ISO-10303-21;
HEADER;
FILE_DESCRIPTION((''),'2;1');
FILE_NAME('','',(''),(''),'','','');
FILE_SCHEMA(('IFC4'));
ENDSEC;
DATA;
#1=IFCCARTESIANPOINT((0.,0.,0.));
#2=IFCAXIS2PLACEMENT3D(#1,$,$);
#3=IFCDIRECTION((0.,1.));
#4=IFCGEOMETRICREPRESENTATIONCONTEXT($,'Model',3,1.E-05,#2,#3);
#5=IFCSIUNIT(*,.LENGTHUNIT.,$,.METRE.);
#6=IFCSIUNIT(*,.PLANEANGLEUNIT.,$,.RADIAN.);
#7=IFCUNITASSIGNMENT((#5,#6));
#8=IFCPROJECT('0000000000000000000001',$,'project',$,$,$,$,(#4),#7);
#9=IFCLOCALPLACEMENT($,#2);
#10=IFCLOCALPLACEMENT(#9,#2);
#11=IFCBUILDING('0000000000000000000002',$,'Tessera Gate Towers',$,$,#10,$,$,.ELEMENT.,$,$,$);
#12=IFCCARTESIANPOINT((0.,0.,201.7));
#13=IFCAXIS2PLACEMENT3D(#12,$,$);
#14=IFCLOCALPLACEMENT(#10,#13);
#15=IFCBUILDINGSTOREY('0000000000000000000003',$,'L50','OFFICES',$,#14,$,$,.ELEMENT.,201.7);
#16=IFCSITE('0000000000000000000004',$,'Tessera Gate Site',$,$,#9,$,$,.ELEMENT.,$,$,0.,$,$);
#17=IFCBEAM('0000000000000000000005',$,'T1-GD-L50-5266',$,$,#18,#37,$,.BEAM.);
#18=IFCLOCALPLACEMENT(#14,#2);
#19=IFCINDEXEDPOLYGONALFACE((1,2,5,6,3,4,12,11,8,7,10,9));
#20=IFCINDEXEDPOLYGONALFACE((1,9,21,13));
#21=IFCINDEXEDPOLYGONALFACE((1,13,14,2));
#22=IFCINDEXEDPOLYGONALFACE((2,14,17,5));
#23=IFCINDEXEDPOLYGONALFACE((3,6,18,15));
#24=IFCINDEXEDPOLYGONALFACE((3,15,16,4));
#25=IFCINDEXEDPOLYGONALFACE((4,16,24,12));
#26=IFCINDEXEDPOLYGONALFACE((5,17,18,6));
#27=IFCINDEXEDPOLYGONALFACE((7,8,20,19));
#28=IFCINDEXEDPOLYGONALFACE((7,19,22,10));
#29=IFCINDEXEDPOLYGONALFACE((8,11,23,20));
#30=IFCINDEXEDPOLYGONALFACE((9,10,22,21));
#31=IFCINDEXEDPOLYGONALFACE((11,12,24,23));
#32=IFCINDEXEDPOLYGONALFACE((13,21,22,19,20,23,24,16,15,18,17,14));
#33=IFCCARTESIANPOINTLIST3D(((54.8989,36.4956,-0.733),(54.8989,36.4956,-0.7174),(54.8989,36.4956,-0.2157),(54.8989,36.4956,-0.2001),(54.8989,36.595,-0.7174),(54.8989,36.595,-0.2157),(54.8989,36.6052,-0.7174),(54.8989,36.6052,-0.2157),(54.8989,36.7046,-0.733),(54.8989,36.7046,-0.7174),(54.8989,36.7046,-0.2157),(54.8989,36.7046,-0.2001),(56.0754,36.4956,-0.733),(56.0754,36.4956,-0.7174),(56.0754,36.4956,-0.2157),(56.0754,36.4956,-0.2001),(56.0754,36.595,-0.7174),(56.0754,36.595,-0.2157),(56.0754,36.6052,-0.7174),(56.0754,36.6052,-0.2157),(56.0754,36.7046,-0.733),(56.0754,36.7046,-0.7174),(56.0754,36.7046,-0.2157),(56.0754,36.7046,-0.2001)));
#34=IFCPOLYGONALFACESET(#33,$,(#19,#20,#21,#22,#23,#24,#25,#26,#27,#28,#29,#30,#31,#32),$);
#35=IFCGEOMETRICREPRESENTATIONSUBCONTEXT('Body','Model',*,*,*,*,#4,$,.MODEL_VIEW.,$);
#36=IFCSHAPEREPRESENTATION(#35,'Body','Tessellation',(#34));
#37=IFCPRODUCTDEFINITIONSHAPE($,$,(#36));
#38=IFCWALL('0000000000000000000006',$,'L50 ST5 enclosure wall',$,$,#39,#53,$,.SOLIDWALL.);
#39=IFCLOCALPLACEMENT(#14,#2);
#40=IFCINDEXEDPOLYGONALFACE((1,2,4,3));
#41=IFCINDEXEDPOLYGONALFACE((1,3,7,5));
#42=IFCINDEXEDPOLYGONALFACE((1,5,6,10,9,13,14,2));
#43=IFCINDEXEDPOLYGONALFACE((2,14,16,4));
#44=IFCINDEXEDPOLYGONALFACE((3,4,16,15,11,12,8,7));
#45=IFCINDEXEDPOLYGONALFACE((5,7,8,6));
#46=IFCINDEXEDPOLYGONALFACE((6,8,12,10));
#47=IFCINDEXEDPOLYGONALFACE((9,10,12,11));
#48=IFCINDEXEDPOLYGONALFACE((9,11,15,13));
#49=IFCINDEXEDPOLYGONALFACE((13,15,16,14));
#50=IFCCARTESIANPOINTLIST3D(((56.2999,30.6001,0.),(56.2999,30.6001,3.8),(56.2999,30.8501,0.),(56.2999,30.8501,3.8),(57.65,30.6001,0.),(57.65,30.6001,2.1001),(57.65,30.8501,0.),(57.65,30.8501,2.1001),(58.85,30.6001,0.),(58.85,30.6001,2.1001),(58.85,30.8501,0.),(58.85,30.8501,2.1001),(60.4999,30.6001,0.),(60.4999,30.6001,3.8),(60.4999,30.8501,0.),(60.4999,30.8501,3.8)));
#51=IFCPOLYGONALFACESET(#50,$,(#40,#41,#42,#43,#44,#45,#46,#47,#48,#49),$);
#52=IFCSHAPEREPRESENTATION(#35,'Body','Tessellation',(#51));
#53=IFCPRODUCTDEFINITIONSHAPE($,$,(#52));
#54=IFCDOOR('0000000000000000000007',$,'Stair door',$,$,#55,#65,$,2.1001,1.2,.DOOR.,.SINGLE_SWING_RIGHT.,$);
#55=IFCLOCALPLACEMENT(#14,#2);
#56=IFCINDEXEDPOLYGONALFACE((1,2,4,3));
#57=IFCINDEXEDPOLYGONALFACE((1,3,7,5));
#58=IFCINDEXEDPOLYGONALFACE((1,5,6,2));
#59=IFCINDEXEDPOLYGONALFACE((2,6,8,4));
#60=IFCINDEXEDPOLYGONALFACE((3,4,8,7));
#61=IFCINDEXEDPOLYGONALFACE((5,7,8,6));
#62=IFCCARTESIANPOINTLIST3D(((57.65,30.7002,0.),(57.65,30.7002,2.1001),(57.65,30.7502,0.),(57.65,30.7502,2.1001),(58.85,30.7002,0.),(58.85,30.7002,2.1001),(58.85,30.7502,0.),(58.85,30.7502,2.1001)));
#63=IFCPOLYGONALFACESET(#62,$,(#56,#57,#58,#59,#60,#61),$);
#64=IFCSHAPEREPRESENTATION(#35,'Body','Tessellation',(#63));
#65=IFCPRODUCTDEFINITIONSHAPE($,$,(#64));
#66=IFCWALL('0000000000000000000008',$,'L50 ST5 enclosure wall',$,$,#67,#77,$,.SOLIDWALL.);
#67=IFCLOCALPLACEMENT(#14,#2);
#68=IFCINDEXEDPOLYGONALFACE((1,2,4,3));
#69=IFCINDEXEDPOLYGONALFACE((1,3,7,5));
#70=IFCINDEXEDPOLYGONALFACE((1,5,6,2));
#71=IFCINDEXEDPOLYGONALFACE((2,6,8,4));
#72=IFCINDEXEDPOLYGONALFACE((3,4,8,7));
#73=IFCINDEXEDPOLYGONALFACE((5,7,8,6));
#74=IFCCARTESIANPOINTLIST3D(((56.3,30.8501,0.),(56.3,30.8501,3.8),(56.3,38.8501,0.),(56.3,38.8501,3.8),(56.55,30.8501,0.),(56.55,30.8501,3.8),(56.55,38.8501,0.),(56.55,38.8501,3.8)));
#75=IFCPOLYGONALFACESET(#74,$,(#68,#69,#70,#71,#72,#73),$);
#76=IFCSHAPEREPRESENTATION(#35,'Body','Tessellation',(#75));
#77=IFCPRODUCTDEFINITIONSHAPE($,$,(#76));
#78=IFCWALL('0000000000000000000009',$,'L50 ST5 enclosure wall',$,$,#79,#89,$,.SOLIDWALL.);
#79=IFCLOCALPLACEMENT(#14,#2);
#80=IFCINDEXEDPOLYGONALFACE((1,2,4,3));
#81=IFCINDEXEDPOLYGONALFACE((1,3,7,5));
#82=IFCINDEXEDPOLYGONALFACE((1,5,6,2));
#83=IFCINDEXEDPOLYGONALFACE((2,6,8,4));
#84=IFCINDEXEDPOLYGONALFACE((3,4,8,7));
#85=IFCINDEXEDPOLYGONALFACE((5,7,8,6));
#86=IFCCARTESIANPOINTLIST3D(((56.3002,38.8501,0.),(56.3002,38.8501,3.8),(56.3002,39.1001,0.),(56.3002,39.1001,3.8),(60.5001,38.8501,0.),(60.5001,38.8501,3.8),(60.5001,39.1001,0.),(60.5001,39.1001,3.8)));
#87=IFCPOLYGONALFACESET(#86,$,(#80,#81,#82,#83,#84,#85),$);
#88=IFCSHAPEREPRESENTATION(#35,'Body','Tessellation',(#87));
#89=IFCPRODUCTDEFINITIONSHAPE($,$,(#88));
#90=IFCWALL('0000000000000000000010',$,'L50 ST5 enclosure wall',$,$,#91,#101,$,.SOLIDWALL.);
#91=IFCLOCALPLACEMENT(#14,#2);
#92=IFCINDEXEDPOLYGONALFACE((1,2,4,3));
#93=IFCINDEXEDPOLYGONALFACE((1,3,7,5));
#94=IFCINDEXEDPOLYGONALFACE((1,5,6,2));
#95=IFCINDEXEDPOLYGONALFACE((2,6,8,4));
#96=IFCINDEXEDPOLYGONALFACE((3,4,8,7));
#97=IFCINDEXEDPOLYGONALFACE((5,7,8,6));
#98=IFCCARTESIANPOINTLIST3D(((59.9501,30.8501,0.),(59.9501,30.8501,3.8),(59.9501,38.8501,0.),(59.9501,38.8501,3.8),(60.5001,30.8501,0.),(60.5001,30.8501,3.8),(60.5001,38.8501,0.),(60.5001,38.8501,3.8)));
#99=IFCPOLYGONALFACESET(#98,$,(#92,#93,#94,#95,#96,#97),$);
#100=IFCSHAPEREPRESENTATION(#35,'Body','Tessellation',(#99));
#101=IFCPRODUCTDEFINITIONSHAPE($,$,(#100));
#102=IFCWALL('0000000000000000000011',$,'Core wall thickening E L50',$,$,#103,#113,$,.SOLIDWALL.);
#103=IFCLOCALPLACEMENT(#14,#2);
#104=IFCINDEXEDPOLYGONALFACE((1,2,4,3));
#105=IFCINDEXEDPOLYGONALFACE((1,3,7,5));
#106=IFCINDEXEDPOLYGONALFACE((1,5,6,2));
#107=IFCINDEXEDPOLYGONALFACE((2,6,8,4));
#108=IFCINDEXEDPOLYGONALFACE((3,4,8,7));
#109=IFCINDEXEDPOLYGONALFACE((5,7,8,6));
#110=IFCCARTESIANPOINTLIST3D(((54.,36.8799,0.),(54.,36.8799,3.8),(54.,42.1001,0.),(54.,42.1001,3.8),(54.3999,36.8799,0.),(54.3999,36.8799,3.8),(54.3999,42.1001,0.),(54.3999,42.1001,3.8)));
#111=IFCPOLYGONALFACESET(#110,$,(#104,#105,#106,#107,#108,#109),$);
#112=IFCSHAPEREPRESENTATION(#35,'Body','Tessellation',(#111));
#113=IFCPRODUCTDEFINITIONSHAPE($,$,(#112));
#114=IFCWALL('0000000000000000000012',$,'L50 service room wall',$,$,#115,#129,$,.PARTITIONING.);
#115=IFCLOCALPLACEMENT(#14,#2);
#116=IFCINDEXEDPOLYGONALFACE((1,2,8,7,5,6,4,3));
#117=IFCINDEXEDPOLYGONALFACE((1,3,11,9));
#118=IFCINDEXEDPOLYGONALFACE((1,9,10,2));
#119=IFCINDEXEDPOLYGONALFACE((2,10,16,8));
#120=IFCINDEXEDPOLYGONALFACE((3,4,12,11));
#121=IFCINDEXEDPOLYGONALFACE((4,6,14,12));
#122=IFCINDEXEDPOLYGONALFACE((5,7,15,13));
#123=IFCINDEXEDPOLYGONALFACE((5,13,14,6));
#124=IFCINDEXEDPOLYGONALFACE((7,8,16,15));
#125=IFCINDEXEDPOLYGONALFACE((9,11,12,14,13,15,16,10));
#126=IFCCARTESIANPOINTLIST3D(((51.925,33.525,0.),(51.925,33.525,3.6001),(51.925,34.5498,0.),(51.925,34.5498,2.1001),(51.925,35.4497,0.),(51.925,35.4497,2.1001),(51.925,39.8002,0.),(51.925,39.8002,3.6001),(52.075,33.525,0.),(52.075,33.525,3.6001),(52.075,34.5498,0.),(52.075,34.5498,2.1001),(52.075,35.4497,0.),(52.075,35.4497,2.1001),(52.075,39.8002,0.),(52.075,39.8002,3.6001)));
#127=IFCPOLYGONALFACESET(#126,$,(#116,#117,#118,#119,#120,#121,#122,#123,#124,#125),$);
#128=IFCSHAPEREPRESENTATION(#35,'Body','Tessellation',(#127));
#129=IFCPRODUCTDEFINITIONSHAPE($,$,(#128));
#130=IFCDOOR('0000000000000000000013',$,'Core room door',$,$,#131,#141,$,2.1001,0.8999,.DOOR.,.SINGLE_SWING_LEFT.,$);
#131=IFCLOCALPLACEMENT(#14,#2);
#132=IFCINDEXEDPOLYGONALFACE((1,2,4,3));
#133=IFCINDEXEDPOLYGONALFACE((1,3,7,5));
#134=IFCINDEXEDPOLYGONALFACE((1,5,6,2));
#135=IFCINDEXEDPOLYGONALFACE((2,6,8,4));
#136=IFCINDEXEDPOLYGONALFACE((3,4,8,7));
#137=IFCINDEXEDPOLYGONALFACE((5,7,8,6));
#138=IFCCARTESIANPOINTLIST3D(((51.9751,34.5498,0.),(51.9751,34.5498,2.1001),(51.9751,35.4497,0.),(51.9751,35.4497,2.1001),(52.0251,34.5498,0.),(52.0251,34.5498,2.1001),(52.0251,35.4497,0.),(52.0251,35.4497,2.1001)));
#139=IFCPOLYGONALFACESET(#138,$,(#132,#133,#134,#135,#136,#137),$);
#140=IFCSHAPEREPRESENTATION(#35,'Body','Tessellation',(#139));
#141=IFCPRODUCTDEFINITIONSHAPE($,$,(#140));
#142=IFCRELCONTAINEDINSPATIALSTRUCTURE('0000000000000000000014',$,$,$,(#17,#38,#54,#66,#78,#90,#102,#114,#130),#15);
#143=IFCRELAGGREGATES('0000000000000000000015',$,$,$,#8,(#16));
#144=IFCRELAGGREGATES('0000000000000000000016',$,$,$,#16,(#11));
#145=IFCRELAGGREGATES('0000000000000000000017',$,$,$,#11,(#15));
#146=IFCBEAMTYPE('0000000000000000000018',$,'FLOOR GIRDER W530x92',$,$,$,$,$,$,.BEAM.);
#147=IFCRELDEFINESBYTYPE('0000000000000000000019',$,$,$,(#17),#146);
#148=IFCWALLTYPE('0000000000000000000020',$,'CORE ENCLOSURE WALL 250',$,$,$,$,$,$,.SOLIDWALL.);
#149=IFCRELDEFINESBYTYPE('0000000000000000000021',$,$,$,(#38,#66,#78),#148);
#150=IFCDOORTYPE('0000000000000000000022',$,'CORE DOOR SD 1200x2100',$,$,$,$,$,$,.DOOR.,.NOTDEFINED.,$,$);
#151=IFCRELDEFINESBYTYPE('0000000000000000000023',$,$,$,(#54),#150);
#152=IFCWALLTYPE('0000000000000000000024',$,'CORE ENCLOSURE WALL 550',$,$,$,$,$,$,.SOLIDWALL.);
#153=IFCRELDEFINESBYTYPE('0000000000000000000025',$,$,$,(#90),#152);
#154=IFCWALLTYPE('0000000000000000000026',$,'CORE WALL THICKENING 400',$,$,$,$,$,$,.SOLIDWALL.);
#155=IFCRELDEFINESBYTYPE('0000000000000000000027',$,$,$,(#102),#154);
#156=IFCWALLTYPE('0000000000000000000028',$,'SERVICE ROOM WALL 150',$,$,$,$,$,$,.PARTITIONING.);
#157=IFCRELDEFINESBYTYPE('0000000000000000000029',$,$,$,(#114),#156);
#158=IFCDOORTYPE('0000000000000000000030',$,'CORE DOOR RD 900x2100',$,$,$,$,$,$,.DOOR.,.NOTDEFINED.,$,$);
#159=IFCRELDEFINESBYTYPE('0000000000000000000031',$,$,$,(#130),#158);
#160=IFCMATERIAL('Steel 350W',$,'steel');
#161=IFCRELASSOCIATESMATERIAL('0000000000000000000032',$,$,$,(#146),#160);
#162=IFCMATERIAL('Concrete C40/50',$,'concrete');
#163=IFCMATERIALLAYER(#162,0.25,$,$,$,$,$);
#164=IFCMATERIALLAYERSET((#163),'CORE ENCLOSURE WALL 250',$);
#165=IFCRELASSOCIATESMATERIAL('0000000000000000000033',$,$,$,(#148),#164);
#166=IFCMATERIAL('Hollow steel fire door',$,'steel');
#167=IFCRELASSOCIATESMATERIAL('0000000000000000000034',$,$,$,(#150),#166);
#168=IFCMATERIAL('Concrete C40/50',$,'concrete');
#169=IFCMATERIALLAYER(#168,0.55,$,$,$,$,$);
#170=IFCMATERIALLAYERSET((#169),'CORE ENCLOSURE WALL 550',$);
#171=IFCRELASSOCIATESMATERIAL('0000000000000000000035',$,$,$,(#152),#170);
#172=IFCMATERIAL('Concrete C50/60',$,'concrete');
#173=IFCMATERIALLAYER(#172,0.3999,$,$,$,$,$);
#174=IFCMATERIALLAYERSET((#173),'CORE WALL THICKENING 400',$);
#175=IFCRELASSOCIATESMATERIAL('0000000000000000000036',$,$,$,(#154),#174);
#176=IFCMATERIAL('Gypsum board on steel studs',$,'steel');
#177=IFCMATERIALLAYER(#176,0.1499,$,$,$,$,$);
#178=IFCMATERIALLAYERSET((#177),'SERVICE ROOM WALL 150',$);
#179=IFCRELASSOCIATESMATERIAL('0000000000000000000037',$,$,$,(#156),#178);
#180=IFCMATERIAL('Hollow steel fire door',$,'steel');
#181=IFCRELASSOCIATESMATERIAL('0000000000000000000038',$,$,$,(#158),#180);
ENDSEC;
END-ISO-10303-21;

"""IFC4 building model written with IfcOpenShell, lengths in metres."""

from ifc_helpers import new_model, si_unit, direction, frame, frame_2d, origin, origin_2d, place, context, subcontext, project, spatial, rectangle, i_section, extrude, source, transform, mapped, material, layer, layer_set, material_profile, profile_set, type_object, element, fill, save


model = new_model("IFC4")

# Units and contexts
model_context = context("Model", 3, precision=1e-05, world=origin(), true_north=direction((0.0, 1.0)))
body_context = subcontext(model_context, "Body", "Model", "MODEL_VIEW")
ifc_project = project(units=[si_unit("LENGTHUNIT", "METRE"), si_unit("PLANEANGLEUNIT", "RADIAN")], contexts=[model_context])

# Site, building, storey
site_placement = place(None, origin())
site = spatial("IfcSite", under=ifc_project, at=site_placement, Name="Tessera Gate Site", CompositionType="ELEMENT", RefElevation=0.0)
building_placement = place(site_placement, origin())
building = spatial("IfcBuilding", under=site, at=building_placement, Name="Tessera Gate Towers", CompositionType="ELEMENT")
storey_placement = place(building_placement, frame((0.0, 0.0, 201.7)))
storey = spatial("IfcBuildingStorey", under=building, at=storey_placement, Name="L50", Description="OFFICES", CompositionType="ELEMENT", Elevation=201.7)

# Beam
ifc_material_1 = material(Name="Steel 350W", Category="steel")
ifc_material_profile = material_profile(ifc_material_1, i_section(OverallWidth=0.209, OverallDepth=0.533, WebThickness=0.0103, FlangeThickness=0.0156, at=origin_2d()), Name="W530x92")
ifc_profile_set = profile_set([ifc_material_profile], Name="Steel 350W")
beam_type = type_object("IfcBeamType", Name="FLOOR GIRDER W530x92", PredefinedType="BEAM", material=ifc_profile_set)
beam_placement = place(storey_placement, frame((54.8989, 36.6001, -0.4666), z_axis=(1.0, 0.0, 0.0), x_axis=(0.0, 1.0, 0.0)))
element("IfcBeam", 1, at=beam_placement, inside=storey, type_object=beam_type, Name="T1-GD-L50-5266", PredefinedType="BEAM", context=body_context, shape_type="SweptSolid", body=[
    extrude(i_section(OverallWidth=0.209, OverallDepth=0.533, WebThickness=0.0103, FlangeThickness=0.0156, at=origin_2d()), origin(), (0.0, 0.0, 1.0), 1.1765),
])

# Wall, opening, door
ifc_material_2 = material(Name="Concrete C40/50", Category="concrete")
ifc_layer_1 = layer(ifc_material_2, 0.25)
ifc_layer_set_1 = layer_set([ifc_layer_1], Name="CORE ENCLOSURE WALL 250")
wall_type_1 = type_object("IfcWallType", Name="CORE ENCLOSURE WALL 250", PredefinedType="SOLIDWALL", material=ifc_layer_set_1)
wall_1_placement = place(storey_placement, frame((60.5, 30.7251, 0.0), z_axis=(0.0, 0.0, 1.0), x_axis=(-1.0, 0.0, 0.0)))
wall_1 = element("IfcWall", 2, at=wall_1_placement, inside=storey, type_object=wall_type_1, Name="L50 ST5 enclosure wall", PredefinedType="SOLIDWALL", context=body_context, shape_type="SweptSolid", body=[
    extrude(rectangle(XDim=4.2, YDim=0.25, at=frame_2d((2.1001, 0.0))), origin(), (0.0, 0.0, 1.0), 3.8),
])
shared_shape_1 = source(origin(), body_context, "Body", "SweptSolid", [
    extrude(rectangle(XDim=1.2, YDim=2.1001, at=frame_2d((0.6001, 1.05))), frame((0.0, 0.135, 0.0), z_axis=(0.0, -1.0, 0.0), x_axis=(1.0, 0.0, 0.0)), (0.0, 0.0, 1.0), 0.27),
])
opening_1_placement = place(wall_1_placement, frame((1.6499, 0.0, 0.0)))
opening_1 = element("IfcOpeningElement", 3, at=opening_1_placement, cuts=wall_1, PredefinedType="OPENING", context=body_context, shape_type="MappedRepresentation", body=[
    mapped(shared_shape_1, transform((0.0, 0.0, 0.0), scale=1.0)),
])
ifc_material_3 = material(Name="Hollow steel fire door", Category="steel")
door_type_1 = type_object("IfcDoorType", Name="CORE DOOR SD 1200x2100", OperationType="NOTDEFINED", PredefinedType="DOOR", material=ifc_material_3)
shared_shape_2 = source(origin(), body_context, "Body", "SweptSolid", [
    extrude(rectangle(XDim=1.2, YDim=2.1001, at=frame_2d((0.6001, 1.05))), frame((0.0, 0.0249, 0.0), z_axis=(0.0, -1.0, 0.0), x_axis=(1.0, 0.0, 0.0)), (0.0, 0.0, 1.0), 0.05),
])
door_1_placement = place(opening_1_placement, origin())
door_1 = element("IfcDoor", 4, at=door_1_placement, inside=storey, type_object=door_type_1, Name="Stair door", OperationType="SINGLE_SWING_RIGHT", OverallHeight=2.1001, OverallWidth=1.2, PredefinedType="DOOR", context=body_context, shape_type="MappedRepresentation", body=[
    mapped(shared_shape_2, transform((0.0, 0.0, 0.0), scale=1.0)),
])
fill(opening_1, door_1)

# Walls
wall_2_placement = place(storey_placement, frame((56.425, 30.8501, 0.0), z_axis=(0.0, 0.0, 1.0), x_axis=(0.0, 1.0, 0.0)))
element("IfcWall", 5, at=wall_2_placement, inside=storey, type_object=wall_type_1, Name="L50 ST5 enclosure wall", PredefinedType="SOLIDWALL", context=body_context, shape_type="SweptSolid", body=[
    extrude(rectangle(XDim=8.0, YDim=0.25, at=frame_2d((4.0, 0.0))), origin(), (0.0, 0.0, 1.0), 3.8),
])
wall_3_placement = place(storey_placement, frame((56.3, 38.9751, 0.0), z_axis=(0.0, 0.0, 1.0), x_axis=(1.0, 0.0, 0.0)))
element("IfcWall", 6, at=wall_3_placement, inside=storey, type_object=wall_type_1, Name="L50 ST5 enclosure wall", PredefinedType="SOLIDWALL", context=body_context, shape_type="SweptSolid", body=[
    extrude(rectangle(XDim=4.2, YDim=0.25, at=frame_2d((2.1001, 0.0))), origin(), (0.0, 0.0, 1.0), 3.8),
])
ifc_material_4 = material(Name="Concrete C40/50", Category="concrete")
ifc_layer_2 = layer(ifc_material_4, 0.55)
ifc_layer_set_2 = layer_set([ifc_layer_2], Name="CORE ENCLOSURE WALL 550")
wall_type_2 = type_object("IfcWallType", Name="CORE ENCLOSURE WALL 550", PredefinedType="SOLIDWALL", material=ifc_layer_set_2)
wall_4_placement = place(storey_placement, frame((60.2251, 38.8501, 0.0), z_axis=(0.0, 0.0, 1.0), x_axis=(0.0, -1.0, 0.0)))
element("IfcWall", 7, at=wall_4_placement, inside=storey, type_object=wall_type_2, Name="L50 ST5 enclosure wall", PredefinedType="SOLIDWALL", context=body_context, shape_type="SweptSolid", body=[
    extrude(rectangle(XDim=8.0, YDim=0.55, at=frame_2d((4.0, 0.0))), origin(), (0.0, 0.0, 1.0), 3.8),
])
ifc_material_5 = material(Name="Concrete C50/60", Category="concrete")
ifc_layer_3 = layer(ifc_material_5, 0.3999)
ifc_layer_set_3 = layer_set([ifc_layer_3], Name="CORE WALL THICKENING 400")
wall_type_3 = type_object("IfcWallType", Name="CORE WALL THICKENING 400", PredefinedType="SOLIDWALL", material=ifc_layer_set_3)
wall_5_placement = place(storey_placement, frame((54.2, 36.8799, 0.0), z_axis=(0.0, 0.0, 1.0), x_axis=(0.0, 1.0, 0.0)))
element("IfcWall", 8, at=wall_5_placement, inside=storey, type_object=wall_type_3, Name="Core wall thickening E L50", PredefinedType="SOLIDWALL", context=body_context, shape_type="SweptSolid", body=[
    extrude(rectangle(XDim=5.2202, YDim=0.3999, at=frame_2d((2.6101, 0.0))), origin(), (0.0, 0.0, 1.0), 3.8),
])

# Wall, opening, door
ifc_material_6 = material(Name="Gypsum board on steel studs", Category="steel")
ifc_layer_4 = layer(ifc_material_6, 0.1499)
ifc_layer_set_4 = layer_set([ifc_layer_4], Name="SERVICE ROOM WALL 150")
wall_type_4 = type_object("IfcWallType", Name="SERVICE ROOM WALL 150", PredefinedType="PARTITIONING", material=ifc_layer_set_4)
wall_6_placement = place(storey_placement, frame((52.0, 33.5249, 0.0), z_axis=(0.0, 0.0, 1.0), x_axis=(0.0, 1.0, 0.0)))
wall_6 = element("IfcWall", 9, at=wall_6_placement, inside=storey, type_object=wall_type_4, Name="L50 service room wall", PredefinedType="PARTITIONING", context=body_context, shape_type="SweptSolid", body=[
    extrude(rectangle(XDim=6.2751, YDim=0.1499, at=frame_2d((3.1377, 0.0))), origin(), (0.0, 0.0, 1.0), 3.6001),
])
shared_shape_3 = source(origin(), body_context, "Body", "SweptSolid", [
    extrude(rectangle(XDim=0.8999, YDim=2.1001, at=frame_2d((0.45, 1.05))), frame((0.0, 0.085, 0.0), z_axis=(0.0, -1.0, 0.0), x_axis=(1.0, 0.0, 0.0)), (0.0, 0.0, 1.0), 0.1699),
])
opening_2_placement = place(wall_6_placement, frame((1.0249, 0.0, 0.0)))
opening_2 = element("IfcOpeningElement", 10, at=opening_2_placement, cuts=wall_6, PredefinedType="OPENING", context=body_context, shape_type="MappedRepresentation", body=[
    mapped(shared_shape_3, transform((0.0, 0.0, 0.0), scale=1.0)),
])
ifc_material_7 = material(Name="Hollow steel fire door", Category="steel")
door_type_2 = type_object("IfcDoorType", Name="CORE DOOR RD 900x2100", OperationType="NOTDEFINED", PredefinedType="DOOR", material=ifc_material_7)
shared_shape_4 = source(origin(), body_context, "Body", "SweptSolid", [
    extrude(rectangle(XDim=0.8999, YDim=2.1001, at=frame_2d((0.45, 1.05))), frame((0.0, 0.0249, 0.0), z_axis=(0.0, -1.0, 0.0), x_axis=(1.0, 0.0, 0.0)), (0.0, 0.0, 1.0), 0.05),
])
door_2_placement = place(opening_2_placement, origin())
door_2 = element("IfcDoor", 11, at=door_2_placement, inside=storey, type_object=door_type_2, Name="Core room door", OperationType="SINGLE_SWING_LEFT", OverallHeight=2.1001, OverallWidth=0.8999, PredefinedType="DOOR", context=body_context, shape_type="MappedRepresentation", body=[
    mapped(shared_shape_4, transform((0.0, 0.0, 0.0), scale=1.0)),
])
fill(opening_2, door_2)

save(model, "model.ifc")
